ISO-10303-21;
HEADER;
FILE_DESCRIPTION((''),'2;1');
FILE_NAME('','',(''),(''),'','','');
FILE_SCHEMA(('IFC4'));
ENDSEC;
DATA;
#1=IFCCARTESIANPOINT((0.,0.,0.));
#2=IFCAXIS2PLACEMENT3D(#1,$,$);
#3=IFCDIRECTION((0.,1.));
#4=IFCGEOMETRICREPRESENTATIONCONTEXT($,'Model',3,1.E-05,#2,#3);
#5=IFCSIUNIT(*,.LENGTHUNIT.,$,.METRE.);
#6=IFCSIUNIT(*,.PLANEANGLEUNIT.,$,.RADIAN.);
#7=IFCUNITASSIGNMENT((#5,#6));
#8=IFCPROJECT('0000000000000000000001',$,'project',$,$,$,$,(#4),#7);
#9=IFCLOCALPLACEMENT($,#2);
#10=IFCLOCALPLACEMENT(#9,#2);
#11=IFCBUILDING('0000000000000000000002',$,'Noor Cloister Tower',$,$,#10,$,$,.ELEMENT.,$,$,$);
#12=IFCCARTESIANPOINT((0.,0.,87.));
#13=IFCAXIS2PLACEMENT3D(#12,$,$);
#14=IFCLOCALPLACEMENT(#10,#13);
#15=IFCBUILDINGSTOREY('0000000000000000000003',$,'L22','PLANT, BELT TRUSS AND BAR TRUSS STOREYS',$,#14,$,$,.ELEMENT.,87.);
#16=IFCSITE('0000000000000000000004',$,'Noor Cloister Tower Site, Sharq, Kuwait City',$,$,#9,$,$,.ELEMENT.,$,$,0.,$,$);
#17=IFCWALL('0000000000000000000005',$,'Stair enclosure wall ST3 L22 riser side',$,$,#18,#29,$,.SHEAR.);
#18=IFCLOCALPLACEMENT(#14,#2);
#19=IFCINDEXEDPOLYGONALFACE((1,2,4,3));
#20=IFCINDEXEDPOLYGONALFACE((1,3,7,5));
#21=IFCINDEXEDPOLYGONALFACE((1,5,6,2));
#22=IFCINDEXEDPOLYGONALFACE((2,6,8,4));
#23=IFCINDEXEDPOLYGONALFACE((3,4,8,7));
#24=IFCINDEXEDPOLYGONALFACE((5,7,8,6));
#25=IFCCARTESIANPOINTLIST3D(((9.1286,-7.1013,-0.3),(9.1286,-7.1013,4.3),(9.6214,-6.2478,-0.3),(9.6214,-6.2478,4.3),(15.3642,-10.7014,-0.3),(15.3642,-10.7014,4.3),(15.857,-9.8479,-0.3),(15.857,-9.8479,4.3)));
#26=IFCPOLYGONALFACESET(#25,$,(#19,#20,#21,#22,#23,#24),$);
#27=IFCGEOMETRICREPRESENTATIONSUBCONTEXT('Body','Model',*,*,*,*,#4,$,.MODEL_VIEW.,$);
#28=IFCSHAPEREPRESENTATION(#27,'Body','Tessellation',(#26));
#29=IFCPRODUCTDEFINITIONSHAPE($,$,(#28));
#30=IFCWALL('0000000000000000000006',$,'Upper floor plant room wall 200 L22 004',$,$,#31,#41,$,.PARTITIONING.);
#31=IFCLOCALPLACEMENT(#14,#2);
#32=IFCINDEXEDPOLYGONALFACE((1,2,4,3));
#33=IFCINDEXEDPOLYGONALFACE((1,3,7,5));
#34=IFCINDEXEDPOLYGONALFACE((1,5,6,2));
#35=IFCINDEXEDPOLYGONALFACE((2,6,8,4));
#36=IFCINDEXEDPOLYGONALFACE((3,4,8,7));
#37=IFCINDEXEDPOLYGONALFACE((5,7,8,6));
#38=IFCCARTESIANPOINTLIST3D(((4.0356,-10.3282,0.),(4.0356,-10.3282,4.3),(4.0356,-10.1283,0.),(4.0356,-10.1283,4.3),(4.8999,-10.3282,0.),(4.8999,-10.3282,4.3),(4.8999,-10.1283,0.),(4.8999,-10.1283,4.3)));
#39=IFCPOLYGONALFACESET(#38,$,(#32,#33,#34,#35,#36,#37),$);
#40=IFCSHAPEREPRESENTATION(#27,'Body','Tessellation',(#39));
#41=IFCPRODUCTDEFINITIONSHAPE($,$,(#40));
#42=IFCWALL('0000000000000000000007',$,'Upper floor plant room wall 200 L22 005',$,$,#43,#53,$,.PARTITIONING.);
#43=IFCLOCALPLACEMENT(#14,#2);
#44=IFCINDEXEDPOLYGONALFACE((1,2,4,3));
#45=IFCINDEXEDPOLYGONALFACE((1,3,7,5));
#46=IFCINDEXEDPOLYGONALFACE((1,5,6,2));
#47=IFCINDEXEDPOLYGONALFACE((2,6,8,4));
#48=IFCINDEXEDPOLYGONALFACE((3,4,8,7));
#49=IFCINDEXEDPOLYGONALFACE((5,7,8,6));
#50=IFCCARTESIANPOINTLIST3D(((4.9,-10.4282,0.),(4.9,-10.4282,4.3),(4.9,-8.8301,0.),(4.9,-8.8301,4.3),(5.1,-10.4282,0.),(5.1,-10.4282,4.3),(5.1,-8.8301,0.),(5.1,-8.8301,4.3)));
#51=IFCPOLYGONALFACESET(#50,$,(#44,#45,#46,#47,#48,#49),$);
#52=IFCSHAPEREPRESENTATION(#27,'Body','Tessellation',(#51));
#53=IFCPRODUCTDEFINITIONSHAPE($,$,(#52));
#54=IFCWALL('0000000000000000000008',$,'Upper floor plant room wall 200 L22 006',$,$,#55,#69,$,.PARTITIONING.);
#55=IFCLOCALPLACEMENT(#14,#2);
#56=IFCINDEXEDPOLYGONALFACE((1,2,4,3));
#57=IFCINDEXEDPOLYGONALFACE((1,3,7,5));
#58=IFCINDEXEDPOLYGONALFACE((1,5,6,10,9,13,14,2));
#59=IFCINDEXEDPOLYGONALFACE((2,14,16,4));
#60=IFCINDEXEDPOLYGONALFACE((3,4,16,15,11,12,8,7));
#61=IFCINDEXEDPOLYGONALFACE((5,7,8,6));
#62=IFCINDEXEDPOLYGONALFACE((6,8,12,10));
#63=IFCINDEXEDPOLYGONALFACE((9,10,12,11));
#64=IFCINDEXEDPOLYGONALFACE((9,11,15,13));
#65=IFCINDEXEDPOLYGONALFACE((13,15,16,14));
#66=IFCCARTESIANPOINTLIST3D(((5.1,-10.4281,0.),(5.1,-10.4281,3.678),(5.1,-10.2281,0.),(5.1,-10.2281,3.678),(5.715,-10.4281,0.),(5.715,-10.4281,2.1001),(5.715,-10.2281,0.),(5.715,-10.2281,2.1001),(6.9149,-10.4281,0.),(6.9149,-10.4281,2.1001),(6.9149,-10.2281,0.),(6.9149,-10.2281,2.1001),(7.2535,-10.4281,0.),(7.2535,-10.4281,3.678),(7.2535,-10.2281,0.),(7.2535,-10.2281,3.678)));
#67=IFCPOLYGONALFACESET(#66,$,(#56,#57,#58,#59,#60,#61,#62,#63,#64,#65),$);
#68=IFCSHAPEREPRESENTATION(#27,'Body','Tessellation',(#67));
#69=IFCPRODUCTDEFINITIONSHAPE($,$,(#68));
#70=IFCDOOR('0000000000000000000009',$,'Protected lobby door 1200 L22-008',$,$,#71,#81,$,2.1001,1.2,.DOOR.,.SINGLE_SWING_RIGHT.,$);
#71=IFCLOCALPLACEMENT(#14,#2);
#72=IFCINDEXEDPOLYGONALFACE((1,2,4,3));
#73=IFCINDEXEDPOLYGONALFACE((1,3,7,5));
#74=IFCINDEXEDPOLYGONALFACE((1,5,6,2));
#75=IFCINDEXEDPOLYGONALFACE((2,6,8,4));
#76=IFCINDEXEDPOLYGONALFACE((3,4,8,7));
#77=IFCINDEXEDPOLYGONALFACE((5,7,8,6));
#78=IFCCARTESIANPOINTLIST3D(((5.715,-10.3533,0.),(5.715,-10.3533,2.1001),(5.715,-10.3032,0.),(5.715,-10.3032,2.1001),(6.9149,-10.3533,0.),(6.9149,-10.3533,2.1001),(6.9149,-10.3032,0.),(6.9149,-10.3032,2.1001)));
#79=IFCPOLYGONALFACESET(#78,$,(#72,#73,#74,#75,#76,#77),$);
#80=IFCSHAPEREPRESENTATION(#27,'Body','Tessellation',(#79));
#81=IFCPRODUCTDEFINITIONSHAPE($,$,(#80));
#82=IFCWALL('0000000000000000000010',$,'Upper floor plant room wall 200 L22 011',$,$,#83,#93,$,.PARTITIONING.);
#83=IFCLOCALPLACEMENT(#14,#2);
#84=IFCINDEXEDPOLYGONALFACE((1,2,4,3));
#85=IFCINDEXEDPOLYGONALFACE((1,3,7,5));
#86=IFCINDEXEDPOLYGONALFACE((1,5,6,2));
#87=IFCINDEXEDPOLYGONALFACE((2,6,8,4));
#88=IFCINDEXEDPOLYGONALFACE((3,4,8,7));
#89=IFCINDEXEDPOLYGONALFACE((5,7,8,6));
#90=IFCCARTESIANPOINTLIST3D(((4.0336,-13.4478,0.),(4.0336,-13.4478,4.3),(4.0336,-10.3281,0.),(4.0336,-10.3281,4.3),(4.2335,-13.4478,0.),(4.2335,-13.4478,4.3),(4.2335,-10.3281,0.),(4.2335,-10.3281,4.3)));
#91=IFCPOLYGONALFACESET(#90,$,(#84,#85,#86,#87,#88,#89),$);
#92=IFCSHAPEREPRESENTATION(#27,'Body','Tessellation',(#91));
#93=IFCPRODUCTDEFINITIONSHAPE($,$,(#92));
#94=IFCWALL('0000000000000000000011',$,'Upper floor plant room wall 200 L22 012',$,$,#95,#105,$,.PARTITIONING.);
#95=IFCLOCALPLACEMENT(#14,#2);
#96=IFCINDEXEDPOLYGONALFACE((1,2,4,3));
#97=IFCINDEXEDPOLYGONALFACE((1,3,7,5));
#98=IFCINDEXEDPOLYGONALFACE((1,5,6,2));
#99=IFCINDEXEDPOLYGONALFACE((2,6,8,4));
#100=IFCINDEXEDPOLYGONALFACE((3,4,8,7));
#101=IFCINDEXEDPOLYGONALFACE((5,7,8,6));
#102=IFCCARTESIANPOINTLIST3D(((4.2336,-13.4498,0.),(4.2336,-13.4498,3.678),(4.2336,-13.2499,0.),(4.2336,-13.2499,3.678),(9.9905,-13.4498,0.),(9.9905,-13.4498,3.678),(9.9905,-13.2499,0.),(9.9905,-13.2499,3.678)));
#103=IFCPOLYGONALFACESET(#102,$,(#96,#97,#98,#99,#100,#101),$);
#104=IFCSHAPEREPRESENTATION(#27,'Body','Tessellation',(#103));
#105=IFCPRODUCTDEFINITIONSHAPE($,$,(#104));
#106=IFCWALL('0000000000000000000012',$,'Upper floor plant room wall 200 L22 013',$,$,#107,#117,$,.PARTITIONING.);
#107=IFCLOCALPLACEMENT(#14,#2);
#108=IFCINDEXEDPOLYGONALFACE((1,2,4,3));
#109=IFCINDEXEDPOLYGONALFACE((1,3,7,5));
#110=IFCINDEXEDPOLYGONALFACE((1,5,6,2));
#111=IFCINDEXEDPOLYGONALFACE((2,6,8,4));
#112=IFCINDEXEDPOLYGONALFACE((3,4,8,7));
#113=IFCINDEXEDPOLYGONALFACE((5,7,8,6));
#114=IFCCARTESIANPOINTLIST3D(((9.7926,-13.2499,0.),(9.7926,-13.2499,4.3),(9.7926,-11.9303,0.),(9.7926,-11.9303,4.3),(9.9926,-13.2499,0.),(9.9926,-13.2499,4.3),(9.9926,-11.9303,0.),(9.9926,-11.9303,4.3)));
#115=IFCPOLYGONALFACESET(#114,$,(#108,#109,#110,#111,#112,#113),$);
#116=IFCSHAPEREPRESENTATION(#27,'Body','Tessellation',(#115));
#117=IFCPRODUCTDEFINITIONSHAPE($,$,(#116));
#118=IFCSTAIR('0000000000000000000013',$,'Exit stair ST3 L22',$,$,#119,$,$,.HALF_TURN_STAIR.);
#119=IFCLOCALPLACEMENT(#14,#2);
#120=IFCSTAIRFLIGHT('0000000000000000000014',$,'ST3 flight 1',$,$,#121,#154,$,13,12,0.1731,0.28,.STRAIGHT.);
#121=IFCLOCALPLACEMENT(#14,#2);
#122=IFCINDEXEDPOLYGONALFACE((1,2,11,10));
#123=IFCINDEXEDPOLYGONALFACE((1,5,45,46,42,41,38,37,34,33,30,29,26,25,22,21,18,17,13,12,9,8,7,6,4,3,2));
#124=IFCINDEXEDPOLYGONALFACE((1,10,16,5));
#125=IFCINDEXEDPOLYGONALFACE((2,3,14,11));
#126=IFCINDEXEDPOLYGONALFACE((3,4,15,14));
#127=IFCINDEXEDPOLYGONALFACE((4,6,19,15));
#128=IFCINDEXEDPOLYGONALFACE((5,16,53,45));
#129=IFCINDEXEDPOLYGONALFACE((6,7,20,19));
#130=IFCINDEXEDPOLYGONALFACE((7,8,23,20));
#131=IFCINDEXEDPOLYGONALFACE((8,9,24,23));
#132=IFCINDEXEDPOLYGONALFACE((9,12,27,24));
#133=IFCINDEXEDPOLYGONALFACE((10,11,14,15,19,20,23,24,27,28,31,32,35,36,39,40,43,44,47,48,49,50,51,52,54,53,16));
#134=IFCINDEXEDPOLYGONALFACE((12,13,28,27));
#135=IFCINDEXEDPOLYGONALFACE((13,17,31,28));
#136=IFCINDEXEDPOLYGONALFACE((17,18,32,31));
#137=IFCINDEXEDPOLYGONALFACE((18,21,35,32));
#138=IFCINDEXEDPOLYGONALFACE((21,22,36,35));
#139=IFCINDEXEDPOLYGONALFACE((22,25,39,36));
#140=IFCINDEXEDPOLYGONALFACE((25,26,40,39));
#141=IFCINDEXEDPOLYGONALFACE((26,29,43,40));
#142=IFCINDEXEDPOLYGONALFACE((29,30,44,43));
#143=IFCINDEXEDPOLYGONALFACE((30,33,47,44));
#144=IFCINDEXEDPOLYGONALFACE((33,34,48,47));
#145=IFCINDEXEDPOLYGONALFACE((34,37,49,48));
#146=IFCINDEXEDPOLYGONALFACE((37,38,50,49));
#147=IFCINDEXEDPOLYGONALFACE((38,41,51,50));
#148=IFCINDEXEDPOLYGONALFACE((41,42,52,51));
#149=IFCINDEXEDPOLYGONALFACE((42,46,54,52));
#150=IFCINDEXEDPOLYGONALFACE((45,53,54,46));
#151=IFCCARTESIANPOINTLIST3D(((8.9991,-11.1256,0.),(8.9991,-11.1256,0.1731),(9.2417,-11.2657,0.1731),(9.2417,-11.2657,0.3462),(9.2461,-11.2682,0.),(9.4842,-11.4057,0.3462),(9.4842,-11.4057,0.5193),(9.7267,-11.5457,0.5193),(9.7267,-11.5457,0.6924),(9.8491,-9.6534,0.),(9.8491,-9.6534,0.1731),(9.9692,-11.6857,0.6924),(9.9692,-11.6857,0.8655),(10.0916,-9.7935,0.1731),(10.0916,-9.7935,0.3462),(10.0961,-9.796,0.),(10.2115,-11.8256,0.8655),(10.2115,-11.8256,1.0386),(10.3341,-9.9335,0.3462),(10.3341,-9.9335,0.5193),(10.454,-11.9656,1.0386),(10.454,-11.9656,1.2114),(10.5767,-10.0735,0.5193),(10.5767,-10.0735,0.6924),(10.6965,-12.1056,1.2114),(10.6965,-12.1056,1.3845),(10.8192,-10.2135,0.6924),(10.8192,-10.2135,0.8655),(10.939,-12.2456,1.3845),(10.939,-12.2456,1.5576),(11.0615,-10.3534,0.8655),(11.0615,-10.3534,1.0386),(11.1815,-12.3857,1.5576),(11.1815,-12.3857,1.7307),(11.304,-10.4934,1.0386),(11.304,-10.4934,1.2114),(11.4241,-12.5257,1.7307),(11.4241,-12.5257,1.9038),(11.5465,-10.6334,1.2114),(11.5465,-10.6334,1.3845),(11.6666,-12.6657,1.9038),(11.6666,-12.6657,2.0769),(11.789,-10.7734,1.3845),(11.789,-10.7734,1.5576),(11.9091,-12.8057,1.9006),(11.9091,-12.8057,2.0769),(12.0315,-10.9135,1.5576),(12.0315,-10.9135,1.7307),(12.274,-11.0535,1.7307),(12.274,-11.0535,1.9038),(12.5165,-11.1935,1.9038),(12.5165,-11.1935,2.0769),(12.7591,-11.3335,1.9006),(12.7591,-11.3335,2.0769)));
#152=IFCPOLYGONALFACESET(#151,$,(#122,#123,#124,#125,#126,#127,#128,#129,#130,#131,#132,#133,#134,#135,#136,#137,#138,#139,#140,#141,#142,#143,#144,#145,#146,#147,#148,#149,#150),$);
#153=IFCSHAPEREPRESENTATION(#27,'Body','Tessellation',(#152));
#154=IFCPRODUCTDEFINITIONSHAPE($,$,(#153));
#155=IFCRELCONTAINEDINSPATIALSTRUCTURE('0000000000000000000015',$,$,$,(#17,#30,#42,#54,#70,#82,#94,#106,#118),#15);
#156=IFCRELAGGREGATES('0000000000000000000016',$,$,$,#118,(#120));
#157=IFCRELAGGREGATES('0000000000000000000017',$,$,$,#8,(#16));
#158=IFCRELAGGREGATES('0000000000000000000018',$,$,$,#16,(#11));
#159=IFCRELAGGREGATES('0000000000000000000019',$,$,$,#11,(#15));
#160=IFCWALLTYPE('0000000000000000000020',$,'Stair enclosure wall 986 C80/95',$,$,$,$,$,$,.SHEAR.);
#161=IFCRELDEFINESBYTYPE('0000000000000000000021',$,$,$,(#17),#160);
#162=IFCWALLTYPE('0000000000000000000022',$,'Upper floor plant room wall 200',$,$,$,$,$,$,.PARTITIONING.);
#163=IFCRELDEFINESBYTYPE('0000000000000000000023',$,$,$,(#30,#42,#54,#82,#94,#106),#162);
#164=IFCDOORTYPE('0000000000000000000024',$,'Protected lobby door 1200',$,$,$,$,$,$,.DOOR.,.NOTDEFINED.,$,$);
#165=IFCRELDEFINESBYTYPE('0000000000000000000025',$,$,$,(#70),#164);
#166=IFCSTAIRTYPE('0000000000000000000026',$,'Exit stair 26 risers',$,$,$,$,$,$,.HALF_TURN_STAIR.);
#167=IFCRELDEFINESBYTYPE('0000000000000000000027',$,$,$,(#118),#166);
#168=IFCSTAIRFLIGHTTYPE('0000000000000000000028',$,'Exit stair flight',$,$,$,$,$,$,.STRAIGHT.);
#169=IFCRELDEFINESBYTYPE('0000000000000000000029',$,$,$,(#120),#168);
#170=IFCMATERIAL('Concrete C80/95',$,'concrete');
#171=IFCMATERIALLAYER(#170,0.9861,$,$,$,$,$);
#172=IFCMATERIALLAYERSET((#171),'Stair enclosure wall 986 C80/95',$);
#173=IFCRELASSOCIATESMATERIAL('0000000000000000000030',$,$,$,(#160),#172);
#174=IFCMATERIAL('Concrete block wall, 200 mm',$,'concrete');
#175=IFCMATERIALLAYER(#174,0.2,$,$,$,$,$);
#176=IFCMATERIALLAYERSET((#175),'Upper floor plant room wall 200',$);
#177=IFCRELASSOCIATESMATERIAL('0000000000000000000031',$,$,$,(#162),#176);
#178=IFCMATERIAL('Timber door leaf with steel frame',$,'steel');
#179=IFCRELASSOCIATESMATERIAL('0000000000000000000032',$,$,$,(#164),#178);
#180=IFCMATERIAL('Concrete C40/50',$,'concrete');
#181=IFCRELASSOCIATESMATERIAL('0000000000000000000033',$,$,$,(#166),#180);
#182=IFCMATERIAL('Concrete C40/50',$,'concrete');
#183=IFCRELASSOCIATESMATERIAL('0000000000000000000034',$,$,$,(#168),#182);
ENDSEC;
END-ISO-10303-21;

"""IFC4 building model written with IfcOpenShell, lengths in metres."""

from ifc_helpers import new_model, si_unit, direction, frame, frame_2d, origin, place, context, subcontext, project, spatial, polyline, rectangle, outline, extrude, material, layer, layer_set, type_object, element, fill, aggregate, save


model = new_model("IFC4")

# Units and contexts
model_context = context("Model", 3, precision=1e-05, world=origin(), true_north=direction((0.0, 1.0)))
body_context = subcontext(model_context, "Body", "Model", "MODEL_VIEW")
ifc_project = project(units=[si_unit("LENGTHUNIT", "METRE"), si_unit("PLANEANGLEUNIT", "RADIAN")], contexts=[model_context])

# Site, building, storey
site_placement = place(None, origin())
site = spatial("IfcSite", under=ifc_project, at=site_placement, Name="Noor Cloister Tower Site, Sharq, Kuwait City", CompositionType="ELEMENT", RefElevation=0.0)
building_placement = place(site_placement, origin())
building = spatial("IfcBuilding", under=site, at=building_placement, Name="Noor Cloister Tower", CompositionType="ELEMENT")
storey_placement = place(building_placement, frame((0.0, 0.0, 87.0)))
storey = spatial("IfcBuildingStorey", under=building, at=storey_placement, Name="L22", Description="PLANT, BELT TRUSS AND BAR TRUSS STOREYS", CompositionType="ELEMENT", Elevation=87.0)

# Walls
ifc_material_1 = material(Name="Concrete C80/95", Category="concrete")
ifc_layer_1 = layer(ifc_material_1, 0.9861)
ifc_layer_set_1 = layer_set([ifc_layer_1], Name="Stair enclosure wall 986 C80/95")
wall_type_1 = type_object("IfcWallType", Name="Stair enclosure wall 986 C80/95", PredefinedType="SHEAR", material=ifc_layer_set_1)
wall_1_placement = place(storey_placement, frame((9.375, -6.6746, -0.3), z_axis=(0.0, 0.0, 1.0), x_axis=(0.866027, -0.499997, 0.0)))
element("IfcWall", 1, at=wall_1_placement, inside=storey, type_object=wall_type_1, Name="Stair enclosure wall ST3 L22 riser side", PredefinedType="SHEAR", context=body_context, shape_type="SweptSolid", body=[
    extrude(rectangle(XDim=7.2002, YDim=0.9856, at=frame_2d((3.6001, 0.0))), origin(), (0.0, 0.0, 1.0), 4.6001),
])
ifc_material_2 = material(Name="Concrete block wall, 200 mm", Category="concrete")
ifc_layer_2 = layer(ifc_material_2, 0.2)
ifc_layer_set_2 = layer_set([ifc_layer_2], Name="Upper floor plant room wall 200")
wall_type_2 = type_object("IfcWallType", Name="Upper floor plant room wall 200", PredefinedType="PARTITIONING", material=ifc_layer_set_2)
wall_2_placement = place(storey_placement, frame((4.0356, -10.2283, 0.0), z_axis=(0.0, 0.0, 1.0), x_axis=(1.0, 0.0, 0.0)))
element("IfcWall", 2, at=wall_2_placement, inside=storey, type_object=wall_type_2, Name="Upper floor plant room wall 200 L22 004", PredefinedType="PARTITIONING", context=body_context, shape_type="SweptSolid", body=[
    extrude(rectangle(XDim=0.8643, YDim=0.2, at=frame_2d((0.4321, 0.0))), origin(), (0.0, 0.0, 1.0), 4.3),
])
wall_3_placement = place(storey_placement, frame((5.0, -10.4282, 0.0), z_axis=(0.0, 0.0, 1.0), x_axis=(0.0, 1.0, 0.0)))
element("IfcWall", 3, at=wall_3_placement, inside=storey, type_object=wall_type_2, Name="Upper floor plant room wall 200 L22 005", PredefinedType="PARTITIONING", context=body_context, shape_type="SweptSolid", body=[
    extrude(rectangle(XDim=1.5981, YDim=0.2, at=frame_2d((0.7991, 0.0))), origin(), (0.0, 0.0, 1.0), 4.3),
])

# Wall, opening, door
wall_4_placement = place(storey_placement, frame((5.1001, -10.3281, 0.0), z_axis=(0.0, 0.0, 1.0), x_axis=(1.0, 0.0, 0.0)))
wall_4 = element("IfcWall", 4, at=wall_4_placement, inside=storey, type_object=wall_type_2, Name="Upper floor plant room wall 200 L22 006", PredefinedType="PARTITIONING", context=body_context, shape_type="SweptSolid", body=[
    extrude(rectangle(XDim=2.1536, YDim=0.2, at=frame_2d((1.0767, 0.0))), origin(), (0.0, 0.0, 1.0), 3.678),
])
opening_1_placement = place(wall_4_placement, frame((0.6147, 0.0, 0.0)))
opening_1 = element("IfcOpeningElement", 5, at=opening_1_placement, cuts=wall_4, PredefinedType="OPENING", context=body_context, shape_type="SweptSolid", body=[
    extrude(rectangle(XDim=1.2, YDim=2.1001, at=frame_2d((0.6001, 1.05))), frame((0.0, 0.1099, 0.0), z_axis=(0.0, -1.0, 0.0), x_axis=(1.0, 0.0, 0.0)), (0.0, 0.0, 1.0), 0.22),
])
ifc_material_3 = material(Name="Timber door leaf with steel frame", Category="steel")
door_type_1 = type_object("IfcDoorType", Name="Protected lobby door 1200", OperationType="NOTDEFINED", PredefinedType="DOOR", material=ifc_material_3)
door_1_placement = place(opening_1_placement, origin())
door_1 = element("IfcDoor", 6, at=door_1_placement, inside=storey, type_object=door_type_1, Name="Protected lobby door 1200 L22-008", OperationType="SINGLE_SWING_RIGHT", OverallHeight=2.1001, OverallWidth=1.2, PredefinedType="DOOR", context=body_context, shape_type="SweptSolid", body=[
    extrude(rectangle(XDim=1.2, YDim=2.1001, at=frame_2d((0.6001, 1.05))), frame((0.0, 0.0249, 0.0), z_axis=(0.0, -1.0, 0.0), x_axis=(1.0, 0.0, 0.0)), (0.0, 0.0, 1.0), 0.05),
])
fill(opening_1, door_1)

# Walls
wall_5_placement = place(storey_placement, frame((4.1335, -10.3281, 0.0), z_axis=(0.0, 0.0, 1.0), x_axis=(0.0, -1.0, 0.0)))
element("IfcWall", 7, at=wall_5_placement, inside=storey, type_object=wall_type_2, Name="Upper floor plant room wall 200 L22 011", PredefinedType="PARTITIONING", context=body_context, shape_type="SweptSolid", body=[
    extrude(rectangle(XDim=3.1196, YDim=0.2, at=frame_2d((1.5598, 0.0))), origin(), (0.0, 0.0, 1.0), 4.3),
])
wall_6_placement = place(storey_placement, frame((4.2336, -13.3499, 0.0), z_axis=(0.0, 0.0, 1.0), x_axis=(1.0, 0.0, 0.0)))
element("IfcWall", 8, at=wall_6_placement, inside=storey, type_object=wall_type_2, Name="Upper floor plant room wall 200 L22 012", PredefinedType="PARTITIONING", context=body_context, shape_type="SweptSolid", body=[
    extrude(rectangle(XDim=5.7568, YDim=0.2, at=frame_2d((2.8784, 0.0))), origin(), (0.0, 0.0, 1.0), 3.678),
])
wall_7_placement = place(storey_placement, frame((9.8926, -13.2498, 0.0), z_axis=(0.0, 0.0, 1.0), x_axis=(0.0, 1.0, 0.0)))
element("IfcWall", 9, at=wall_7_placement, inside=storey, type_object=wall_type_2, Name="Upper floor plant room wall 200 L22 013", PredefinedType="PARTITIONING", context=body_context, shape_type="SweptSolid", body=[
    extrude(rectangle(XDim=1.3196, YDim=0.2, at=frame_2d((0.6597, 0.0))), origin(), (0.0, 0.0, 1.0), 4.3),
])

# Stair, stair flight
ifc_material_4 = material(Name="Concrete C40/50", Category="concrete")
stair_type = type_object("IfcStairType", Name="Exit stair 26 risers", PredefinedType="HALF_TURN_STAIR", material=ifc_material_4)
stair_placement = place(storey_placement, origin())
stair = element("IfcStair", 10, at=stair_placement, inside=storey, type_object=stair_type, Name="Exit stair ST3 L22", PredefinedType="HALF_TURN_STAIR")
ifc_material_5 = material(Name="Concrete C40/50", Category="concrete")
stair_flight_type = type_object("IfcStairFlightType", Name="Exit stair flight", PredefinedType="STRAIGHT", material=ifc_material_5)
stair_flight_placement = place(storey_placement, frame((9.4241, -10.3896, 0.0), z_axis=(0.0, 0.0, 1.0), x_axis=(0.866025, -0.5, 0.0)))
stair_flight = element("IfcStairFlight", 11, at=stair_flight_placement, type_object=stair_flight_type, Name="ST3 flight 1", NumberOfRisers=13, NumberOfTreads=12, PredefinedType="STRAIGHT", RiserHeight=0.1731, TreadLength=0.28, context=body_context, shape_type="SweptSolid", body=[
    extrude(outline(polyline([(0.0, 0.0), (0.0, 0.1731), (0.28, 0.1731), (0.28, 0.3462), (0.5601, 0.3462), (0.5601, 0.5193), (0.8401, 0.5193), (0.8401, 0.6924), (1.1201, 0.6924), (1.1201, 0.8655), (1.3999, 0.8655), (1.3999, 1.0386), (1.6799, 1.0386), (1.6799, 1.2114), (1.96, 1.2114), (1.96, 1.3845), (2.24, 1.3845), (2.24, 1.5576), (2.52, 1.5576), (2.52, 1.7307), (2.8, 1.7307), (2.8, 1.9038), (3.0801, 1.9038), (3.0801, 2.0769), (3.3601, 2.0769), (3.3601, 2.25), (3.3601, 1.9006), (0.2852, 0.0), (0.0, 0.0)])), frame((0.0, 0.8501, 0.0), z_axis=(0.0, -1.0, 0.0), x_axis=(1.0, 0.0, 0.0)), (0.0, 0.0, 1.0), 1.7),
])
aggregate(stair, [stair_flight])

save(model, "model.ifc")
